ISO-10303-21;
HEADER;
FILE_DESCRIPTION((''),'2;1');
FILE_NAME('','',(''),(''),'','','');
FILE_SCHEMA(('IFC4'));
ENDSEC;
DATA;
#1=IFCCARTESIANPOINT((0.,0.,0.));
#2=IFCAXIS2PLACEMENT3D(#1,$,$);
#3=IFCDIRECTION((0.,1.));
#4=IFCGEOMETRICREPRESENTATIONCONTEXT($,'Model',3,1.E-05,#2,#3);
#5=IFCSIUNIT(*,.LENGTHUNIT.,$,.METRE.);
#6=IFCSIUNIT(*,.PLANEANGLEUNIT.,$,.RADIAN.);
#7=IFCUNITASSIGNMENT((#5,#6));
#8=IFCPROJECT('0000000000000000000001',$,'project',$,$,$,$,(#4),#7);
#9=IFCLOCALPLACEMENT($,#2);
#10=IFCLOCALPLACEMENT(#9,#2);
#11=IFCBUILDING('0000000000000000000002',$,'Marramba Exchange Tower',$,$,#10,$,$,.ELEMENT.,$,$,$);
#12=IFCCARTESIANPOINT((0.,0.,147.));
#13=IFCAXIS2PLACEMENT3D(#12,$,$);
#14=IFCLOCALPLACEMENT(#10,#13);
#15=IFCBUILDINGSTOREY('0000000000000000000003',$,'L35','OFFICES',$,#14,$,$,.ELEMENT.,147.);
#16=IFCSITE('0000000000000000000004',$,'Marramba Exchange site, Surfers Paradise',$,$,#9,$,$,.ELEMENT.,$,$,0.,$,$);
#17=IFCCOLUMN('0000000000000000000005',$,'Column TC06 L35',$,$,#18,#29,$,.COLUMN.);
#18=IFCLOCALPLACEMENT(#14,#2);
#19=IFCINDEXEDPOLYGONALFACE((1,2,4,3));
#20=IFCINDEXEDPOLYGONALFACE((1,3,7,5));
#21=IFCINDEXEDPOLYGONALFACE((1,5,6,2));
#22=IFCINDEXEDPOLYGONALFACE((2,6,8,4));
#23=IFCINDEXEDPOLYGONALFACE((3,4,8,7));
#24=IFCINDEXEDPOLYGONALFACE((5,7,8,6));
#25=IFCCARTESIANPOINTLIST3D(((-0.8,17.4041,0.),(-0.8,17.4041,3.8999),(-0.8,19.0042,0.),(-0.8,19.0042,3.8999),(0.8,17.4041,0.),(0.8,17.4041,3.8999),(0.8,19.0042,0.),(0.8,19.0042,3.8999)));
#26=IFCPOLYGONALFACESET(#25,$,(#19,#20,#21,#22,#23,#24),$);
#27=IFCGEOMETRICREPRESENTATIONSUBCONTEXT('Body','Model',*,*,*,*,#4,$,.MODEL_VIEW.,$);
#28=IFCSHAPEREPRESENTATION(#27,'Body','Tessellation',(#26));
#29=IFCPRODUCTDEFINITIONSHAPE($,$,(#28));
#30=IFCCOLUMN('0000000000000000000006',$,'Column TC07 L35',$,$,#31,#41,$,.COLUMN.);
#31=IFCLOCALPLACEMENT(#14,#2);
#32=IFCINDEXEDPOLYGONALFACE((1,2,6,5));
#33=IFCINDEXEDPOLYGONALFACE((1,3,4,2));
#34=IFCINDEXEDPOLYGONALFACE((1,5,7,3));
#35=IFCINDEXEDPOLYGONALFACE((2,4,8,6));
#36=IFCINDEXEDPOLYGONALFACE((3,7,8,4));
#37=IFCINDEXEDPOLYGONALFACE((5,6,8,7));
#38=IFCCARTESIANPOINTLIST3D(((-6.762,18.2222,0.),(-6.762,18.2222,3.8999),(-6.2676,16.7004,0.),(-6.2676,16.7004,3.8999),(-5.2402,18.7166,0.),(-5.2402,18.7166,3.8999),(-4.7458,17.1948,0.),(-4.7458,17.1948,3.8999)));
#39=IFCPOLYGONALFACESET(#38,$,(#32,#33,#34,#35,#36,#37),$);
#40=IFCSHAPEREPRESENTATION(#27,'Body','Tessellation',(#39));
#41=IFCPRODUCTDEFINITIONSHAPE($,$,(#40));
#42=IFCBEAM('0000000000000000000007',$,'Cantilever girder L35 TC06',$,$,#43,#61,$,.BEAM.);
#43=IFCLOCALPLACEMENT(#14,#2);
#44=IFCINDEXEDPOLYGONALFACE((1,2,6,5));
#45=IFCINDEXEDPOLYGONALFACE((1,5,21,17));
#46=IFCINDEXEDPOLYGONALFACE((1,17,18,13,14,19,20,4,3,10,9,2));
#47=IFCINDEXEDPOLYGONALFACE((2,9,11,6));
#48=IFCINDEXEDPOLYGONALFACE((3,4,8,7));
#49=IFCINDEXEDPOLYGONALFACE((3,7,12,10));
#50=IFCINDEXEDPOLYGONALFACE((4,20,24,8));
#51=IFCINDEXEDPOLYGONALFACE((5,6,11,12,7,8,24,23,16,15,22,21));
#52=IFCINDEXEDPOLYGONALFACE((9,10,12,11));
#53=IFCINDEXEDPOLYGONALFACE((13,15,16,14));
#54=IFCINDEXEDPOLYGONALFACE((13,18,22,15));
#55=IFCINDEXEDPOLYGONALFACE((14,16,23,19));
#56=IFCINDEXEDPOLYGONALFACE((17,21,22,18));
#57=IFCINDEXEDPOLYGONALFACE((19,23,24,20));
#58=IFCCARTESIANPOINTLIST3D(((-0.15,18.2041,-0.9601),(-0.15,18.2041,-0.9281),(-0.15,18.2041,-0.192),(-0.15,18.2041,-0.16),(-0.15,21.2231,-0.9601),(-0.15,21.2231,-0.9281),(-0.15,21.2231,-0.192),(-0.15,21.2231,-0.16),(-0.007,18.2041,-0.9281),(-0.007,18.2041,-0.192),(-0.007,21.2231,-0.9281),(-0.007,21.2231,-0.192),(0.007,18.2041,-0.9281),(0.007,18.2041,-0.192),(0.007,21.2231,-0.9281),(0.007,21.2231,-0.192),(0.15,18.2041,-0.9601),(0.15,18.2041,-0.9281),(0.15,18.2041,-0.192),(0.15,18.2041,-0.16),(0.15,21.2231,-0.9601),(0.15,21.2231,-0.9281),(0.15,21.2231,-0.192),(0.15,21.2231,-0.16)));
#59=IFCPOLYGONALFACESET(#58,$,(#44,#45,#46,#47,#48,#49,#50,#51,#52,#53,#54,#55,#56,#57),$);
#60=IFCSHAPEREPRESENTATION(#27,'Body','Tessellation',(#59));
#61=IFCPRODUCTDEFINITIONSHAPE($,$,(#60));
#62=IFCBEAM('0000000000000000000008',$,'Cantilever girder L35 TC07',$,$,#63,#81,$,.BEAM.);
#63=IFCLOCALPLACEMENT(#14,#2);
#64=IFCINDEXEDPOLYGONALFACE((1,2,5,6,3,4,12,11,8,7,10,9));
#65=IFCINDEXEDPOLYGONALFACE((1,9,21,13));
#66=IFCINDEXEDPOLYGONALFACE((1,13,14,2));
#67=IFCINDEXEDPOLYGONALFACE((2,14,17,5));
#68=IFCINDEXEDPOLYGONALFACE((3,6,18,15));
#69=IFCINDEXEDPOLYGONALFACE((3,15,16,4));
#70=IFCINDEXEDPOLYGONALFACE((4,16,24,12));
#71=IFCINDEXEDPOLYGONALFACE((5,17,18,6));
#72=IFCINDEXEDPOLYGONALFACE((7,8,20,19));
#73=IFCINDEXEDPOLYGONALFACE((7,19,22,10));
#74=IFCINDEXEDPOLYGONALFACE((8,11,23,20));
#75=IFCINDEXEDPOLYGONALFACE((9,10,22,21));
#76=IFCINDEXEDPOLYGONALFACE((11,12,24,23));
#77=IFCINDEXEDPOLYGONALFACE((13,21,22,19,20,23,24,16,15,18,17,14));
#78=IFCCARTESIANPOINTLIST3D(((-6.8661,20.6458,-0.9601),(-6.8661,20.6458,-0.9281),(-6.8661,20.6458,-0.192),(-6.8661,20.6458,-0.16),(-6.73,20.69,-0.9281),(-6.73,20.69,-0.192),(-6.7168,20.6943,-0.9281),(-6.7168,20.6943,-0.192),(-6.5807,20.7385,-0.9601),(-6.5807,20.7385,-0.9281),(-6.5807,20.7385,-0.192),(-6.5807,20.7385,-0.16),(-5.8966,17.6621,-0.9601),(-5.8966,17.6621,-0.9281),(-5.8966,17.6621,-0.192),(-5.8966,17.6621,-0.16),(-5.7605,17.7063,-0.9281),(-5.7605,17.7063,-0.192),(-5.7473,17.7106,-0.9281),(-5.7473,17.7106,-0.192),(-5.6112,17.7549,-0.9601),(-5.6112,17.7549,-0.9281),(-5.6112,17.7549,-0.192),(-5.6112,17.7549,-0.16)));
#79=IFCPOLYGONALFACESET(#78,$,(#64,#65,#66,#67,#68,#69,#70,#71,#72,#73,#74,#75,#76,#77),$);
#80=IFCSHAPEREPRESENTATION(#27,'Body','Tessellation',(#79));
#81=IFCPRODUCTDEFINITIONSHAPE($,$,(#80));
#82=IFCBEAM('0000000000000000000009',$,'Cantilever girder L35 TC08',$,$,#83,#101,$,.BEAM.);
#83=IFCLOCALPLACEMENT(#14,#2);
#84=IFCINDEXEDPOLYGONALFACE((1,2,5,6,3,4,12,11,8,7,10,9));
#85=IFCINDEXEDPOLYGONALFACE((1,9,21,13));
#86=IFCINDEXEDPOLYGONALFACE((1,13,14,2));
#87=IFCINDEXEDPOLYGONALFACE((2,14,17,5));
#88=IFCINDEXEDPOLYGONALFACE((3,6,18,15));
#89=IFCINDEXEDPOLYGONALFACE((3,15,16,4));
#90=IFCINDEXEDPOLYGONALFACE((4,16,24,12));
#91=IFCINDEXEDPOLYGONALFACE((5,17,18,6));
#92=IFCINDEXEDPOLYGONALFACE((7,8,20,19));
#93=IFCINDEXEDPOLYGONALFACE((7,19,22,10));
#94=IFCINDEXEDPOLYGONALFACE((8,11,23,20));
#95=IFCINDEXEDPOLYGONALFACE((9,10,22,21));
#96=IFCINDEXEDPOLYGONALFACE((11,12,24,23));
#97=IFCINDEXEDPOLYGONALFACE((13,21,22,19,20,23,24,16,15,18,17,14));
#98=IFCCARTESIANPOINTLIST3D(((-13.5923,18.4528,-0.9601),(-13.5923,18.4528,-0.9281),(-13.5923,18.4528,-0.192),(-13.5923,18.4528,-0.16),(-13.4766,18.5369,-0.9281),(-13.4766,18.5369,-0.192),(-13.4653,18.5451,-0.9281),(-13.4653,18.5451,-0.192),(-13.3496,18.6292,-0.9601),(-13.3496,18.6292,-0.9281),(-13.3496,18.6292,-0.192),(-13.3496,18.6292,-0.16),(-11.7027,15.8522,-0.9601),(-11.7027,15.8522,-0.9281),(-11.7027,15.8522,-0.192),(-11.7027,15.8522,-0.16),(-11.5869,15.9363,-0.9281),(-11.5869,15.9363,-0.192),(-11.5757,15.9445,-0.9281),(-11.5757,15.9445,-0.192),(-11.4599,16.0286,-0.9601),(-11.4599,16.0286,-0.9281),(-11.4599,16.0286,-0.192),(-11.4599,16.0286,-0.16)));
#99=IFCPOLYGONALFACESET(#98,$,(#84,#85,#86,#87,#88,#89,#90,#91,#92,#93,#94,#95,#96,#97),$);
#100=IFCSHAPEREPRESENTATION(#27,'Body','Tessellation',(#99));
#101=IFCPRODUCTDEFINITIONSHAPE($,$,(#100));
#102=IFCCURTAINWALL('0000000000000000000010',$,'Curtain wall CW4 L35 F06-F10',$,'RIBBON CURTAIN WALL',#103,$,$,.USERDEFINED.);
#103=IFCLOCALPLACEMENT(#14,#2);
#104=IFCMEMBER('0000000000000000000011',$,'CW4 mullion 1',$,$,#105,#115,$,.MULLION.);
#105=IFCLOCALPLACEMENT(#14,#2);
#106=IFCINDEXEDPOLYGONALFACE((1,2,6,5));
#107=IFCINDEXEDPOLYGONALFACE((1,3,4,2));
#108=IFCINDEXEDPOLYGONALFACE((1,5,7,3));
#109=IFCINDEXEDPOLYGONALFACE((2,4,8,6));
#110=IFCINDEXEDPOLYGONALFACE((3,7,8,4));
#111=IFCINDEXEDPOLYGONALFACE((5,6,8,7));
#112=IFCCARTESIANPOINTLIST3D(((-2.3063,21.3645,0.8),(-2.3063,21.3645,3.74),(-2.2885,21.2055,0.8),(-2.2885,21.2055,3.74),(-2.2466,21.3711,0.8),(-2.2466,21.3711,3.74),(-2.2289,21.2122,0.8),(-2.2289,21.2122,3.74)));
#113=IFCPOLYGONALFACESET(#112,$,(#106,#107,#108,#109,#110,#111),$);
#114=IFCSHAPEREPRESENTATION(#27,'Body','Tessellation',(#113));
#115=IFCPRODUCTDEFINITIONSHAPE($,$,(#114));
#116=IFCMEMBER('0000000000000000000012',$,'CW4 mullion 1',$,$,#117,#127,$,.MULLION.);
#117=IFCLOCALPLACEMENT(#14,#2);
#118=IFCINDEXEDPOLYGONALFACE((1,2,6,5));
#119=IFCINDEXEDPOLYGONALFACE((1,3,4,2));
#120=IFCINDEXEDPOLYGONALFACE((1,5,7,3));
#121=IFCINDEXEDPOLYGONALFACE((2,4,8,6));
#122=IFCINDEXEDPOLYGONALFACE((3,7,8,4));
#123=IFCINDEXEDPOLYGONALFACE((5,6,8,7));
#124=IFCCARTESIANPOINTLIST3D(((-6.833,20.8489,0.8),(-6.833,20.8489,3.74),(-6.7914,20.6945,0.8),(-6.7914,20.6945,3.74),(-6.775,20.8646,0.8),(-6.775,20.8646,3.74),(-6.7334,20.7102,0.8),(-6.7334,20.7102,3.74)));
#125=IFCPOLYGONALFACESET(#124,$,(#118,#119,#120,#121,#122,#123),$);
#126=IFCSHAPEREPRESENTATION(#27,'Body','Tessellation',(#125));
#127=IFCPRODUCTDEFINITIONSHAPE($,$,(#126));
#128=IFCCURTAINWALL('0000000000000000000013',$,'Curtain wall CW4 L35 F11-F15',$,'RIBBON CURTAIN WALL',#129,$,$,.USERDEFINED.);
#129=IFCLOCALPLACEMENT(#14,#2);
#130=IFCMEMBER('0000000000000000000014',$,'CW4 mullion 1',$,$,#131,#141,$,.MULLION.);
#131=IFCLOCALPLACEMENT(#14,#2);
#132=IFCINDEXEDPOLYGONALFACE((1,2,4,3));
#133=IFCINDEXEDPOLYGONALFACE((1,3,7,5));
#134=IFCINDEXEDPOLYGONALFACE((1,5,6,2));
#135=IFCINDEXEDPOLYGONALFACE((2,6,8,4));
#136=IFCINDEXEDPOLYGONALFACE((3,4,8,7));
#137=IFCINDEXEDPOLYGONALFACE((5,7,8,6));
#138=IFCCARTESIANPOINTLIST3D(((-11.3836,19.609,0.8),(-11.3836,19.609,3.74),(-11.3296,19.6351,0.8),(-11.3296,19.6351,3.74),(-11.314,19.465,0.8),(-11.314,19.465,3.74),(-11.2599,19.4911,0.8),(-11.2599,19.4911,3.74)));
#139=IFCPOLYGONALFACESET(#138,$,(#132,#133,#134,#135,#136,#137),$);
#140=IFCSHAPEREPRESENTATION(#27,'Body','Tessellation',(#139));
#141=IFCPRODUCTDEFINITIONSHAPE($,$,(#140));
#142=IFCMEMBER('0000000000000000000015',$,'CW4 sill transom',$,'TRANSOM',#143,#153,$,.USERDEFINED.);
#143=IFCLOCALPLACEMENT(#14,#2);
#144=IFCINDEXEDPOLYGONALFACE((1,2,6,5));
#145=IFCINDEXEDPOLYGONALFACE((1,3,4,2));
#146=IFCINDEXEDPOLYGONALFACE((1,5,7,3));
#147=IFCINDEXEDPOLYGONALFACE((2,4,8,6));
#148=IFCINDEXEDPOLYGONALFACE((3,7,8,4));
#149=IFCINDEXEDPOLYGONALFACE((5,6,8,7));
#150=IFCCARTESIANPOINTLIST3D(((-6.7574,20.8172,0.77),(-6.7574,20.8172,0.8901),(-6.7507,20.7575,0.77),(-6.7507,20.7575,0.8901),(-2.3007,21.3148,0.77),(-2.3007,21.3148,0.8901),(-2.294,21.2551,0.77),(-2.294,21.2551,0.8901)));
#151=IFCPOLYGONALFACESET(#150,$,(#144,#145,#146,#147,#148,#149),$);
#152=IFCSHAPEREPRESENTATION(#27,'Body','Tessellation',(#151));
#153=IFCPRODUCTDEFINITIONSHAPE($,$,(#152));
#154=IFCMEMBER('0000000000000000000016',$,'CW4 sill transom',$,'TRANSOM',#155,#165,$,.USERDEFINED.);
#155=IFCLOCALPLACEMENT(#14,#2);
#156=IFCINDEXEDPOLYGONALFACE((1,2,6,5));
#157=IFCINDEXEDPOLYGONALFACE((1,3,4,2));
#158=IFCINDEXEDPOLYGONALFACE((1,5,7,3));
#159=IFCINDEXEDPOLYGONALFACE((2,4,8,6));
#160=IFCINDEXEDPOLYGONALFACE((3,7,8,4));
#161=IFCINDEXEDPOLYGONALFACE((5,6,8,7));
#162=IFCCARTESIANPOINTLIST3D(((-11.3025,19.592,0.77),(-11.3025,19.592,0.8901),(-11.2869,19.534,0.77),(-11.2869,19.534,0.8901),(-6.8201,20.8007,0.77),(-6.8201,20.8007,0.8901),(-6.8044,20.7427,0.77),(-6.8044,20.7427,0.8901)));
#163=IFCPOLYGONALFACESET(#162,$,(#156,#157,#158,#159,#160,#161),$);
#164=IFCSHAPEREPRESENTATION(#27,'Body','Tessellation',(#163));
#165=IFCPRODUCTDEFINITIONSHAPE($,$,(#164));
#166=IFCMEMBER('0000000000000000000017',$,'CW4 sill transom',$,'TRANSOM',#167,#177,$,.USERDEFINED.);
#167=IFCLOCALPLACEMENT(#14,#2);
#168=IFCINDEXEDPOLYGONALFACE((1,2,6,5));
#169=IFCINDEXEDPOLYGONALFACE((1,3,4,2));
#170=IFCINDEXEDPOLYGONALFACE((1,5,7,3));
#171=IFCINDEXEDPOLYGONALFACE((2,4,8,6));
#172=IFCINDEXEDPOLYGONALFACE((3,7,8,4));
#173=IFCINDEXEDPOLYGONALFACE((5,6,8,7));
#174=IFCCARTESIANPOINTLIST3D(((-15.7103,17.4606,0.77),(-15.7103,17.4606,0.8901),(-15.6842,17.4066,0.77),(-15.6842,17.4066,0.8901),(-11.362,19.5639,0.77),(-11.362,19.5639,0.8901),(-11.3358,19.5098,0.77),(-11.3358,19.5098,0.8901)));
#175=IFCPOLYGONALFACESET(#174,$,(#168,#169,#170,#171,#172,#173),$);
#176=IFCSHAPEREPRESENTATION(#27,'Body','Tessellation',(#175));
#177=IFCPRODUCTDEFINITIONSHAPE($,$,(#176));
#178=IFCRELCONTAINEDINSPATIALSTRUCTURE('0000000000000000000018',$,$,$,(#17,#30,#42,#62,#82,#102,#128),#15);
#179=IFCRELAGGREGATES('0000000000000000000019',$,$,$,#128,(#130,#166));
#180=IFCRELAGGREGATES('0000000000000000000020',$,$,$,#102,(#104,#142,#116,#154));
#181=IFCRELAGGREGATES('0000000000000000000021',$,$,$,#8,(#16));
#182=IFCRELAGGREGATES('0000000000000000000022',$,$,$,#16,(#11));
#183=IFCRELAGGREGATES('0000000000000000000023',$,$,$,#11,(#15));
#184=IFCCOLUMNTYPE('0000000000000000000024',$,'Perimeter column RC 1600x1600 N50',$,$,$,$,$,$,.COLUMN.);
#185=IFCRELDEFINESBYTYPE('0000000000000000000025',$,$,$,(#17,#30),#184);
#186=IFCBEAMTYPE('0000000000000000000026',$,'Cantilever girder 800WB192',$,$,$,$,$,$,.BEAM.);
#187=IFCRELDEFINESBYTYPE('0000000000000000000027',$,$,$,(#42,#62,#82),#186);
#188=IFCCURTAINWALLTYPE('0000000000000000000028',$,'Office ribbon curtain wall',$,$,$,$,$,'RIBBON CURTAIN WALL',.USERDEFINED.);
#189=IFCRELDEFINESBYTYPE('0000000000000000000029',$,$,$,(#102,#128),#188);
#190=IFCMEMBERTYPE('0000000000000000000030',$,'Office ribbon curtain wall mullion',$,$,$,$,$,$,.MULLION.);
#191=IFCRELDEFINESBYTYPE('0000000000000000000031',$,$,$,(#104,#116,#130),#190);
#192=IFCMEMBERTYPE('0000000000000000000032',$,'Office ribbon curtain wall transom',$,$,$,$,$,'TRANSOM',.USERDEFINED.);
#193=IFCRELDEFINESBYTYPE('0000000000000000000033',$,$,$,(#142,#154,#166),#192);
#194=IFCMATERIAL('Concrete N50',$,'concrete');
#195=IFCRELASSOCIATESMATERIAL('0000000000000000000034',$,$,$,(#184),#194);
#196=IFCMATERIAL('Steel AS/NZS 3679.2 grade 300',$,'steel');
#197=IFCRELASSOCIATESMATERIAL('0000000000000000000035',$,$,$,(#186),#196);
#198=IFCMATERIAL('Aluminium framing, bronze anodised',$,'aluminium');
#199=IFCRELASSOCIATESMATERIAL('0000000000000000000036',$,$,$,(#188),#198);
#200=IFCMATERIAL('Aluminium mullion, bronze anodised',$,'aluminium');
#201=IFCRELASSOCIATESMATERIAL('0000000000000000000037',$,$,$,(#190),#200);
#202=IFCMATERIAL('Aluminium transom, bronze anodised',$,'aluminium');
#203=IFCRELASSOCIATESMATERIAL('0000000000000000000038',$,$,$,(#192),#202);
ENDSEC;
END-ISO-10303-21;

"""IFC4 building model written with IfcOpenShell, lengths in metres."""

from ifc_helpers import new_model, si_unit, direction, frame, origin, origin_2d, place, context, subcontext, project, spatial, rectangle, i_section, extrude, material, material_profile, profile_set, type_object, element, aggregate, save


model = new_model("IFC4")

# Units and contexts
model_context = context("Model", 3, precision=1e-05, world=origin(), true_north=direction((0.0, 1.0)))
body_context = subcontext(model_context, "Body", "Model", "MODEL_VIEW")
ifc_project = project(units=[si_unit("LENGTHUNIT", "METRE"), si_unit("PLANEANGLEUNIT", "RADIAN")], contexts=[model_context])

# Site, building, storey
site_placement = place(None, origin())
site = spatial("IfcSite", under=ifc_project, at=site_placement, Name="Marramba Exchange site, Surfers Paradise", CompositionType="ELEMENT", RefElevation=0.0)
building_placement = place(site_placement, origin())
building = spatial("IfcBuilding", under=site, at=building_placement, Name="Marramba Exchange Tower", CompositionType="ELEMENT")
storey_placement = place(building_placement, frame((0.0, 0.0, 147.0)))
storey = spatial("IfcBuildingStorey", under=building, at=storey_placement, Name="L35", Description="OFFICES", CompositionType="ELEMENT", Elevation=147.0)

# Columns
ifc_material_1 = material(Name="Concrete N50", Category="concrete")
ifc_material_profile_1 = material_profile(ifc_material_1, rectangle(XDim=1.6001, YDim=1.6001, at=origin_2d()), Name="RC 1600x1600")
ifc_profile_set_1 = profile_set([ifc_material_profile_1], Name="Concrete N50")
column_type = type_object("IfcColumnType", Name="Perimeter column RC 1600x1600 N50", PredefinedType="COLUMN", material=ifc_profile_set_1)
for number, where, z_axis, x_axis, name in (
    (1, (0.0, 18.2041, 0.0), (0.0, 0.0, 1.0), (0.0, 1.0, 0.0), "Column TC06 L35"),
    (2, (-5.7539, 17.7085, 0.0), (0.0, 0.0, 1.0), (-0.309017, 0.951057, 0.0), "Column TC07 L35"),
):
    element("IfcColumn", number, at=place(storey_placement, frame(where, z_axis=z_axis, x_axis=x_axis)), inside=storey, type_object=column_type, Name=name, PredefinedType="COLUMN", context=body_context, shape_type="SweptSolid", body=[
        extrude(rectangle(XDim=1.6001, YDim=1.6001, at=origin_2d()), origin(), (0.0, 0.0, 1.0), 3.8999),
    ])

# Beams
ifc_material_2 = material(Name="Steel AS/NZS 3679.2 grade 300", Category="steel")
ifc_material_profile_2 = material_profile(ifc_material_2, i_section(OverallWidth=0.3, OverallDepth=0.8, WebThickness=0.0139, FlangeThickness=0.032, at=origin_2d()), Name="800WB192")
ifc_profile_set_2 = profile_set([ifc_material_profile_2], Name="Steel AS/NZS 3679.2 grade 300")
beam_type_1 = type_object("IfcBeamType", Name="Cantilever girder 800WB192", PredefinedType="BEAM", material=ifc_profile_set_2)
beam_1_placement = place(storey_placement, frame((0.0, 18.2041, -0.5601), z_axis=(0.0, 1.0, 0.0), x_axis=(-1.0, 0.0, 0.0)))
element("IfcBeam", 3, at=beam_1_placement, inside=storey, type_object=beam_type_1, Name="Cantilever girder L35 TC06", PredefinedType="BEAM", context=body_context, shape_type="SweptSolid", body=[
    extrude(i_section(OverallWidth=0.3, OverallDepth=0.8, WebThickness=0.0139, FlangeThickness=0.032, at=origin_2d()), origin(), (0.0, 0.0, 1.0), 3.019),
])
beam_2_placement = place(storey_placement, frame((-5.7539, 17.7085, -0.5601), z_axis=(-0.309028, 0.951053, 0.0), x_axis=(-0.951053, -0.309028, 0.0)))
element("IfcBeam", 4, at=beam_2_placement, inside=storey, type_object=beam_type_1, Name="Cantilever girder L35 TC07", PredefinedType="BEAM", context=body_context, shape_type="SweptSolid", body=[
    extrude(i_section(OverallWidth=0.3, OverallDepth=0.8, WebThickness=0.0139, FlangeThickness=0.032, at=origin_2d()), origin(), (0.0, 0.0, 1.0), 3.1372),
])
beam_3_placement = place(storey_placement, frame((-11.5813, 15.9404, -0.5601), z_axis=(-0.587828, 0.808986, 0.0), x_axis=(-0.808986, -0.587828, 0.0)))
element("IfcBeam", 5, at=beam_3_placement, inside=storey, type_object=beam_type_1, Name="Cantilever girder L35 TC08", PredefinedType="BEAM", context=body_context, shape_type="SweptSolid", body=[
    extrude(i_section(OverallWidth=0.3, OverallDepth=0.8, WebThickness=0.0139, FlangeThickness=0.032, at=origin_2d()), origin(), (0.0, 0.0, 1.0), 3.2146),
])

# Curtain wall, members
ifc_material_3 = material(Name="Aluminium framing, bronze anodised", Category="aluminium")
curtain_wall_type = type_object("IfcCurtainWallType", Name="Office ribbon curtain wall", ElementType="RIBBON CURTAIN WALL", PredefinedType="USERDEFINED", material=ifc_material_3)
curtain_wall_1_placement = place(storey_placement, origin())
curtain_wall_1 = element("IfcCurtainWall", 6, at=curtain_wall_1_placement, inside=storey, type_object=curtain_wall_type, Name="Curtain wall CW4 L35 F06-F10", ObjectType="RIBBON CURTAIN WALL", PredefinedType="USERDEFINED")
ifc_material_4 = material(Name="Aluminium mullion, bronze anodised", Category="aluminium")
ifc_material_profile_3 = material_profile(ifc_material_4, rectangle(XDim=0.1599, YDim=0.0601, at=origin_2d()), Name="CW4 mullion 60x160")
ifc_profile_set_3 = profile_set([ifc_material_profile_3], Name="Aluminium mullion, bronze anodised")
member_type_1 = type_object("IfcMemberType", Name="Office ribbon curtain wall mullion", PredefinedType="MULLION", material=ifc_profile_set_3)
member_1_placement = place(storey_placement, frame((-2.2676, 21.2883, 0.8), z_axis=(0.0, 0.0, 1.0), x_axis=(0.110973, -0.993823, 0.0)))
member_1 = element("IfcMember", 7, at=member_1_placement, type_object=member_type_1, Name="CW4 mullion 1", PredefinedType="MULLION", context=body_context, shape_type="SweptSolid", body=[
    extrude(rectangle(XDim=0.1599, YDim=0.0601, at=origin_2d()), origin(), (0.0, 0.0, 1.0), 2.9399),
])
member_2_placement = place(storey_placement, frame((-6.7832, 20.7795, 0.8), z_axis=(0.0, 0.0, 1.0), x_axis=(0.260321, -0.965522, 0.0)))
member_2 = element("IfcMember", 8, at=member_2_placement, type_object=member_type_1, Name="CW4 mullion 1", PredefinedType="MULLION", context=body_context, shape_type="SweptSolid", body=[
    extrude(rectangle(XDim=0.1599, YDim=0.0601, at=origin_2d()), origin(), (0.0, 0.0, 1.0), 2.9399),
])

# Curtain wall, member
curtain_wall_2_placement = place(storey_placement, origin())
curtain_wall_2 = element("IfcCurtainWall", 9, at=curtain_wall_2_placement, inside=storey, type_object=curtain_wall_type, Name="Curtain wall CW4 L35 F11-F15", ObjectType="RIBBON CURTAIN WALL", PredefinedType="USERDEFINED")
member_3_placement = place(storey_placement, frame((-11.3218, 19.55, 0.8), z_axis=(0.0, 0.0, 1.0), x_axis=(0.435428, -0.900224, 0.0)))
member_3 = element("IfcMember", 10, at=member_3_placement, type_object=member_type_1, Name="CW4 mullion 1", PredefinedType="MULLION", context=body_context, shape_type="SweptSolid", body=[
    extrude(rectangle(XDim=0.1599, YDim=0.0601, at=origin_2d()), origin(), (0.0, 0.0, 1.0), 2.9399),
])

# Members
ifc_material_5 = material(Name="Aluminium transom, bronze anodised", Category="aluminium")
ifc_material_profile_4 = material_profile(ifc_material_5, rectangle(XDim=0.0601, YDim=0.1201, at=origin_2d()), Name="CW4 transom 60x120")
ifc_profile_set_4 = profile_set([ifc_material_profile_4], Name="Aluminium transom, bronze anodised")
member_type_2 = type_object("IfcMemberType", Name="Office ribbon curtain wall transom", ElementType="TRANSOM", PredefinedType="USERDEFINED", material=ifc_profile_set_4)
member_4_placement = place(storey_placement, frame((-2.2974, 21.2849, 0.8301), z_axis=(-0.993826, -0.110951, 0.0), x_axis=(0.110951, -0.993826, 0.0)))
member_4 = element("IfcMember", 11, at=member_4_placement, type_object=member_type_2, Name="CW4 sill transom", ObjectType="TRANSOM", PredefinedType="USERDEFINED", context=body_context, shape_type="SweptSolid", body=[
    extrude(rectangle(XDim=0.0601, YDim=0.1201, at=origin_2d()), origin(), (0.0, 0.0, 1.0), 4.4844),
])
member_5_placement = place(storey_placement, frame((-6.8123, 20.7717, 0.8301), z_axis=(-0.965511, -0.260362, 0.0), x_axis=(0.260362, -0.965511, 0.0)))
member_5 = element("IfcMember", 12, at=member_5_placement, type_object=member_type_2, Name="CW4 sill transom", ObjectType="TRANSOM", PredefinedType="USERDEFINED", context=body_context, shape_type="SweptSolid", body=[
    extrude(rectangle(XDim=0.0601, YDim=0.1201, at=origin_2d()), origin(), (0.0, 0.0, 1.0), 4.6426),
])
member_6_placement = place(storey_placement, frame((-11.3489, 19.5369, 0.8301), z_axis=(-0.900223, -0.435429, 0.0), x_axis=(0.435429, -0.900223, 0.0)))
member_6 = element("IfcMember", 13, at=member_6_placement, type_object=member_type_2, Name="CW4 sill transom", ObjectType="TRANSOM", PredefinedType="USERDEFINED", context=body_context, shape_type="SweptSolid", body=[
    extrude(rectangle(XDim=0.0601, YDim=0.1201, at=origin_2d()), origin(), (0.0, 0.0, 1.0), 4.8303),
])
aggregate(curtain_wall_2, [member_3, member_6])

aggregate(curtain_wall_1, [member_1, member_4, member_2, member_5])

save(model, "model.ifc")
